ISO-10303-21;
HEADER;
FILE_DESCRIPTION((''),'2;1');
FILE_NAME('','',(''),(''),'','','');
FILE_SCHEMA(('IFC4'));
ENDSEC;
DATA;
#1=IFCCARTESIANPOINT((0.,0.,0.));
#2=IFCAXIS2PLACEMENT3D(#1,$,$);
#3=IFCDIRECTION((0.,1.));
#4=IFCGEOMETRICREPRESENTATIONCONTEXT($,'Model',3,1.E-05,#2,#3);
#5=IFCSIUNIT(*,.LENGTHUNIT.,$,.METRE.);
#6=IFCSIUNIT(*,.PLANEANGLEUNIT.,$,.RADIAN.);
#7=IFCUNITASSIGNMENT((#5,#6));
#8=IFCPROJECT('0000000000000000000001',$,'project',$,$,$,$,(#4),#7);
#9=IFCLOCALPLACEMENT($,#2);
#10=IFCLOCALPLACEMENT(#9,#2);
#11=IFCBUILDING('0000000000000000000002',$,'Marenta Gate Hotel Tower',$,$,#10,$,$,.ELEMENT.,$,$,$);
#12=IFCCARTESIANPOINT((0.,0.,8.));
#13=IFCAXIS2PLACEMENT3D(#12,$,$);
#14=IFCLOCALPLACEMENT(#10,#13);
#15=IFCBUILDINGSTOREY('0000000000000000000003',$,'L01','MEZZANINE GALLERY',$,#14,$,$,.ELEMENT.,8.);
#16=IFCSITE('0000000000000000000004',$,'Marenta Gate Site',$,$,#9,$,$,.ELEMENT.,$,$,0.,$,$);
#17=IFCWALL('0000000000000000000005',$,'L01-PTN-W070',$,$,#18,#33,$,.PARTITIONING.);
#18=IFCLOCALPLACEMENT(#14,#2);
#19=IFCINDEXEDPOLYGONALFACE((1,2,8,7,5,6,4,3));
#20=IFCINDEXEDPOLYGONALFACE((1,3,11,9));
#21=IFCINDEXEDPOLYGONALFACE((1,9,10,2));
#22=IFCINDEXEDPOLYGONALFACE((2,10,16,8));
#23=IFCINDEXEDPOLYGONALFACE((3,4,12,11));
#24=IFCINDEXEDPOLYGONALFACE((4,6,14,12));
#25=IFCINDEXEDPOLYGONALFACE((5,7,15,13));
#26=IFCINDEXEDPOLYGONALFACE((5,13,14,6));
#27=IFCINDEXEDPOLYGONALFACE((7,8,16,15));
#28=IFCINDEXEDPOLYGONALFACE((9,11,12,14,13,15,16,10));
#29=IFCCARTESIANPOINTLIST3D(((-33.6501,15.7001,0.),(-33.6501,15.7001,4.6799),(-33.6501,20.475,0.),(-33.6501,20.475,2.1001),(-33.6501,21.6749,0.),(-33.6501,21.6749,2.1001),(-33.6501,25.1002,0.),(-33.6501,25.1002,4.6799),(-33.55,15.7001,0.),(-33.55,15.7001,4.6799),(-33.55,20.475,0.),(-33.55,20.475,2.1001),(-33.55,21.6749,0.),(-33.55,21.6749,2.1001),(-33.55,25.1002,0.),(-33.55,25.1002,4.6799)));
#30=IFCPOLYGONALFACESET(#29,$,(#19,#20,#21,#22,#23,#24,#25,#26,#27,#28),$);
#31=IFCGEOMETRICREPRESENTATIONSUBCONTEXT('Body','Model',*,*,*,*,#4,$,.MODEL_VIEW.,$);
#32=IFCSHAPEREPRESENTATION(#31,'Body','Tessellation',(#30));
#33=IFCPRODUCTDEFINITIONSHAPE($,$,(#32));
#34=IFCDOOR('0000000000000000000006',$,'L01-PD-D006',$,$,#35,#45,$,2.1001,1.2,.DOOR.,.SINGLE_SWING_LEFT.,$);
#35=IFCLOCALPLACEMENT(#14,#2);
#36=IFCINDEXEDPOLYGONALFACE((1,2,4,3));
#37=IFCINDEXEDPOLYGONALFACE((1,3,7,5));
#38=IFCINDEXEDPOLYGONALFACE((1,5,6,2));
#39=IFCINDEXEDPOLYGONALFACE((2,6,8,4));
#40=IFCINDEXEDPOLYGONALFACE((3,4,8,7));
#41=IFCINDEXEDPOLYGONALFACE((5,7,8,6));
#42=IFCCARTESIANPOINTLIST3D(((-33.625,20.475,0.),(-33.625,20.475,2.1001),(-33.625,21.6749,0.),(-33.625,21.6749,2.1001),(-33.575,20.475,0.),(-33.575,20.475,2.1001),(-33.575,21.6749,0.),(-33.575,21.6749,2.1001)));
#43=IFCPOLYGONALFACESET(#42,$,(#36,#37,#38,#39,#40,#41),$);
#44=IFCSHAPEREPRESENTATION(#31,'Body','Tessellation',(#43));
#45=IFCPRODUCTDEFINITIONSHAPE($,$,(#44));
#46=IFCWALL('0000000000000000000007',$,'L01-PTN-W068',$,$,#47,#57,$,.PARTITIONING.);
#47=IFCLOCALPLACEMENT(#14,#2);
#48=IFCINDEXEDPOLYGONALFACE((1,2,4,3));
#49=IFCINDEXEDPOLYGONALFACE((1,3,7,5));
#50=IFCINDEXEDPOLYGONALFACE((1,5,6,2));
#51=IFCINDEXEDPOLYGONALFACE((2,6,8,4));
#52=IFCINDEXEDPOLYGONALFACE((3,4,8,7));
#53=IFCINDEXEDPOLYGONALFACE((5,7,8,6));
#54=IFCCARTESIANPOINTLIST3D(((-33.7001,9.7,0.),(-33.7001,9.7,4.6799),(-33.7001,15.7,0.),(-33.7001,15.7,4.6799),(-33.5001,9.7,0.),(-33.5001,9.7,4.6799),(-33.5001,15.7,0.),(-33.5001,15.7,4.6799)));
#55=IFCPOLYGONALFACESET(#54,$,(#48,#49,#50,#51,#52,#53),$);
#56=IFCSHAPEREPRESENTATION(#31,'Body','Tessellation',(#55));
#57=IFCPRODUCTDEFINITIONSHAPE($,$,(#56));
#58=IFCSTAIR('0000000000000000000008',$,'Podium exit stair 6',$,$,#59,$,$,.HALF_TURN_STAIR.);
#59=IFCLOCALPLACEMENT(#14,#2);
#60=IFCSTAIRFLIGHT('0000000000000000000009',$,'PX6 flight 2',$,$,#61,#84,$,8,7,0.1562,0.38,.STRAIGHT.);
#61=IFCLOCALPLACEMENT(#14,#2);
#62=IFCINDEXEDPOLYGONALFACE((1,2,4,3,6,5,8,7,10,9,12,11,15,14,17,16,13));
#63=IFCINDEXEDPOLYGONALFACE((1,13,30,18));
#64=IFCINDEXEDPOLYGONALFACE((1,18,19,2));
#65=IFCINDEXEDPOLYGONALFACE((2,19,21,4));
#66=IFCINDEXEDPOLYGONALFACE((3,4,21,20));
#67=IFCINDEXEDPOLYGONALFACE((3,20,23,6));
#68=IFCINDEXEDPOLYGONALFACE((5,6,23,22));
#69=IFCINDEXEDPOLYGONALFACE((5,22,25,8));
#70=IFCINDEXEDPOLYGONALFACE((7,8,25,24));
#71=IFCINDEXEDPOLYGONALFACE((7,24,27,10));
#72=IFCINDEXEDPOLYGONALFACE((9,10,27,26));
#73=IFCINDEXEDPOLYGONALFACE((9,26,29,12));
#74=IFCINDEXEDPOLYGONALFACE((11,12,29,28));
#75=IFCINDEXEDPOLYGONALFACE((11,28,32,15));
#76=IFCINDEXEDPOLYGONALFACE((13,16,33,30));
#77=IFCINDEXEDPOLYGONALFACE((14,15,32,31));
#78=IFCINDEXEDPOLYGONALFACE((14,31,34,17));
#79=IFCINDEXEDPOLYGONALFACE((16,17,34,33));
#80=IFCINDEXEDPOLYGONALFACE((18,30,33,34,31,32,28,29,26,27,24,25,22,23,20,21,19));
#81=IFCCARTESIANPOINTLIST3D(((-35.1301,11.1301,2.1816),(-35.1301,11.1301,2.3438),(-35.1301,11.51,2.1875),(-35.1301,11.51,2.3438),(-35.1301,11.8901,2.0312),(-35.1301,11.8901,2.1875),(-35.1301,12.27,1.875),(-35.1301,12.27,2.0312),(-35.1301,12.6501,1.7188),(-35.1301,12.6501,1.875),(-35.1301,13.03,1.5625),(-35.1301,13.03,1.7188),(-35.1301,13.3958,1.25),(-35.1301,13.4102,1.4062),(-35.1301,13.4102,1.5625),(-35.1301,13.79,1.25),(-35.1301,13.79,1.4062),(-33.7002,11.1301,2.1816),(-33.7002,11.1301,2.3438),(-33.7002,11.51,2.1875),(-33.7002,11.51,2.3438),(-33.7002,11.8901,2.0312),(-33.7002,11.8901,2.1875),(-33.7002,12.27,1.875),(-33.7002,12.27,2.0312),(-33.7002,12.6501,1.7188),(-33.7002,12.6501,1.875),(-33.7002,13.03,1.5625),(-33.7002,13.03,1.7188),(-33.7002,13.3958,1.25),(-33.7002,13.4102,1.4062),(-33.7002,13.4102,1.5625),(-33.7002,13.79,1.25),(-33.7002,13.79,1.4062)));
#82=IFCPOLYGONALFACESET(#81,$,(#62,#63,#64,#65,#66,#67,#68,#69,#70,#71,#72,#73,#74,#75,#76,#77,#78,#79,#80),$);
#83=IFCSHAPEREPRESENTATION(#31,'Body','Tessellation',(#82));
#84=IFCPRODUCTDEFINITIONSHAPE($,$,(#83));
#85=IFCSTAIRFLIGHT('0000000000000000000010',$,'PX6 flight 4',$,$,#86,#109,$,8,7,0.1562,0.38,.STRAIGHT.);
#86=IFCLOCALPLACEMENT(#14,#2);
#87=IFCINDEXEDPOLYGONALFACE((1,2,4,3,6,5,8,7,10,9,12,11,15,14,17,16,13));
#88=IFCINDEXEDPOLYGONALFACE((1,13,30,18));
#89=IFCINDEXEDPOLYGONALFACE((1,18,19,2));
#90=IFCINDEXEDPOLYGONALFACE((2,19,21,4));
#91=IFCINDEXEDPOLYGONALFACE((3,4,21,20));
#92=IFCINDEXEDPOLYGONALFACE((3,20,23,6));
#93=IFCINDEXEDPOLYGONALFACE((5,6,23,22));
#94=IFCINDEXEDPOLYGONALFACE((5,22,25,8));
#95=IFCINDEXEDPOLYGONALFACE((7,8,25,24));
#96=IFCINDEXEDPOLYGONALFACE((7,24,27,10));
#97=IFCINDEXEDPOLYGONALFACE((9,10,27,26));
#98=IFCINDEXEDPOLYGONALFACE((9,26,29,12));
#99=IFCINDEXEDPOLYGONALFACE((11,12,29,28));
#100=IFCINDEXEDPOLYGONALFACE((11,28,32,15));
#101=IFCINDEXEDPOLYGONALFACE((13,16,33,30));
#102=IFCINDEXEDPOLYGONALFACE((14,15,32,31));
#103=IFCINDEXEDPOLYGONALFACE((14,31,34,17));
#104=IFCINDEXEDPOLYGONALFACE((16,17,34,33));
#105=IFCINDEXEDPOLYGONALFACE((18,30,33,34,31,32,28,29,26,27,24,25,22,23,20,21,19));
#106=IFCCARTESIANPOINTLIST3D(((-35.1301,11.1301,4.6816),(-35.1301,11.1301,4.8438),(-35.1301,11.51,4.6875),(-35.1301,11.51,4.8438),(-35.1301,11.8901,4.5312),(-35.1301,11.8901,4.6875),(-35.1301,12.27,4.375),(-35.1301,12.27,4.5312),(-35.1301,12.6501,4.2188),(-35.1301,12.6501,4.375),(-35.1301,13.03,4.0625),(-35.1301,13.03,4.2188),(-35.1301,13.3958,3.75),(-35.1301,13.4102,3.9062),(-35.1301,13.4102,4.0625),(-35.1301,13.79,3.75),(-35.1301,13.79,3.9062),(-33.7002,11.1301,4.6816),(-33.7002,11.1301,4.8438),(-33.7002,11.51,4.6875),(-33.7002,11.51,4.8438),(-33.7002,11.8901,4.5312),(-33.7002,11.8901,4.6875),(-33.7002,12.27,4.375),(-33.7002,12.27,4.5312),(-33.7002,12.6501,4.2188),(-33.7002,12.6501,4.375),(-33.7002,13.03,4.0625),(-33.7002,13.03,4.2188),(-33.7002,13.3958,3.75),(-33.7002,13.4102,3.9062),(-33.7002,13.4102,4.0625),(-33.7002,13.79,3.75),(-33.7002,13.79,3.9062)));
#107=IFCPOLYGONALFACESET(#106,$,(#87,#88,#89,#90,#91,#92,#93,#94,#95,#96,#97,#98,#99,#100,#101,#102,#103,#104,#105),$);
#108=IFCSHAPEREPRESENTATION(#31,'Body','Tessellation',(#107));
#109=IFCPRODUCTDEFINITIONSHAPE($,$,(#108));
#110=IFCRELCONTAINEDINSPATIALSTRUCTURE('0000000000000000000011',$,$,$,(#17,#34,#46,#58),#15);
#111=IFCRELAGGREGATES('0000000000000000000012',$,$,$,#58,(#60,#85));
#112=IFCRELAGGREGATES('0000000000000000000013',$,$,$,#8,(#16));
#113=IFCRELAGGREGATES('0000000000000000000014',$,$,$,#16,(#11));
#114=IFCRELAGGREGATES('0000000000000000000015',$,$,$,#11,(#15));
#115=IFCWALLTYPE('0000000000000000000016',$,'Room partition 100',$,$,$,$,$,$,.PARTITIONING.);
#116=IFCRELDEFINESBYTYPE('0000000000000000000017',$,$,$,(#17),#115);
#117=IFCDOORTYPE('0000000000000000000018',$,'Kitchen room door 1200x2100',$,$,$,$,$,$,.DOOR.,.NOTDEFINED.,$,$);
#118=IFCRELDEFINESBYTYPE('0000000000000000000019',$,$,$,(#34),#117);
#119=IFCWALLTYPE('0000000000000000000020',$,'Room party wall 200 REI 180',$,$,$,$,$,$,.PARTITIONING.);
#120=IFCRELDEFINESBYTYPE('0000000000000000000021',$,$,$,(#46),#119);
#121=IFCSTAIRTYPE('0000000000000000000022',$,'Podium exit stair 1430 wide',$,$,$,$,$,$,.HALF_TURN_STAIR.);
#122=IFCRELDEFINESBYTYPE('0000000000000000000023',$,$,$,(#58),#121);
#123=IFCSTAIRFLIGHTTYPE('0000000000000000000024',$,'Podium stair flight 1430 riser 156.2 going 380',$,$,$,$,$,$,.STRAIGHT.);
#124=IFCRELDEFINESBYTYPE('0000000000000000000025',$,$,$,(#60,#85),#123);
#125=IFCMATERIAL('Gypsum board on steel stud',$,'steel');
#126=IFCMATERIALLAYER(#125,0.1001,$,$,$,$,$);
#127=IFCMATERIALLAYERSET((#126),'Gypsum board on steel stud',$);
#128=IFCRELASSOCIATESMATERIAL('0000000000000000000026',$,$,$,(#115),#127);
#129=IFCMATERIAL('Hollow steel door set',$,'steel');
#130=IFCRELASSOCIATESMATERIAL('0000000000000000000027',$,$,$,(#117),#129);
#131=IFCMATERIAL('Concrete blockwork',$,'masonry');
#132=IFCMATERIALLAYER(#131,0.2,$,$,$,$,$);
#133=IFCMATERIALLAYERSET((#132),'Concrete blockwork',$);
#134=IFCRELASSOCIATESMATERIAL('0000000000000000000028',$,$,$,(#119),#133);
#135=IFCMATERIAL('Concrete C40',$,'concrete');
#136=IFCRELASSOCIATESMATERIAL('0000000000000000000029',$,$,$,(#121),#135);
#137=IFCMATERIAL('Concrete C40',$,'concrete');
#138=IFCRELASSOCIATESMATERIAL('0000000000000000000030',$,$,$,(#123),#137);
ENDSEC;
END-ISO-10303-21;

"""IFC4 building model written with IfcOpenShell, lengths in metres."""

from ifc_helpers import new_model, si_unit, direction, frame, frame_2d, origin, place, context, subcontext, project, spatial, polyline, rectangle, outline, extrude, material, layer, layer_set, type_object, element, fill, aggregate, save


model = new_model("IFC4")

# Units and contexts
model_context = context("Model", 3, precision=1e-05, world=origin(), true_north=direction((0.0, 1.0)))
body_context = subcontext(model_context, "Body", "Model", "MODEL_VIEW")
ifc_project = project(units=[si_unit("LENGTHUNIT", "METRE"), si_unit("PLANEANGLEUNIT", "RADIAN")], contexts=[model_context])

# Site, building, storey
site_placement = place(None, origin())
site = spatial("IfcSite", under=ifc_project, at=site_placement, Name="Marenta Gate Site", CompositionType="ELEMENT", RefElevation=0.0)
building_placement = place(site_placement, origin())
building = spatial("IfcBuilding", under=site, at=building_placement, Name="Marenta Gate Hotel Tower", CompositionType="ELEMENT")
storey_placement = place(building_placement, frame((0.0, 0.0, 8.0)))
storey = spatial("IfcBuildingStorey", under=building, at=storey_placement, Name="L01", Description="MEZZANINE GALLERY", CompositionType="ELEMENT", Elevation=8.0)

# Shared definitions
ifc_material_1 = material(Name="Gypsum board on steel stud", Category="steel")
ifc_layer_1 = layer(ifc_material_1, 0.1001)
ifc_layer_set_1 = layer_set([ifc_layer_1], Name="Gypsum board on steel stud")
wall_type_1 = type_object("IfcWallType", Name="Room partition 100", PredefinedType="PARTITIONING", material=ifc_layer_set_1)

# Wall, opening, door
wall_1_placement = place(storey_placement, frame((-33.6001, 15.7, 0.0), z_axis=(0.0, 0.0, 1.0), x_axis=(0.0, 1.0, 0.0)))
wall_1 = element("IfcWall", 1, at=wall_1_placement, inside=storey, type_object=wall_type_1, Name="L01-PTN-W070", PredefinedType="PARTITIONING", context=body_context, shape_type="SweptSolid", body=[
    extrude(rectangle(XDim=9.4001, YDim=0.1001, at=frame_2d((4.7002, 0.0))), origin(), (0.0, 0.0, 1.0), 4.6799),
])
opening_1_placement = place(wall_1_placement, frame((4.7749, 0.0, 0.0)))
opening_1 = element("IfcOpeningElement", 2, at=opening_1_placement, cuts=wall_1, PredefinedType="OPENING", context=body_context, shape_type="SweptSolid", body=[
    extrude(rectangle(XDim=1.2, YDim=2.1001, at=frame_2d((0.6001, 1.05))), frame((0.0, 0.05, 0.0), z_axis=(0.0, -1.0, 0.0), x_axis=(1.0, 0.0, 0.0)), (0.0, 0.0, 1.0), 0.1001),
])
ifc_material_2 = material(Name="Hollow steel door set", Category="steel")
door_type_1 = type_object("IfcDoorType", Name="Kitchen room door 1200x2100", OperationType="NOTDEFINED", PredefinedType="DOOR", material=ifc_material_2)
door_1_placement = place(opening_1_placement, origin())
door_1 = element("IfcDoor", 3, at=door_1_placement, inside=storey, type_object=door_type_1, Name="L01-PD-D006", OperationType="SINGLE_SWING_LEFT", OverallHeight=2.1001, OverallWidth=1.2, PredefinedType="DOOR", context=body_context, shape_type="SweptSolid", body=[
    extrude(rectangle(XDim=1.2, YDim=2.1001, at=frame_2d((0.6001, 1.05))), frame((0.0, 0.0249, 0.0), z_axis=(0.0, -1.0, 0.0), x_axis=(1.0, 0.0, 0.0)), (0.0, 0.0, 1.0), 0.05),
])
fill(opening_1, door_1)

# Wall
ifc_material_3 = material(Name="Concrete blockwork", Category="masonry")
ifc_layer_2 = layer(ifc_material_3, 0.2)
ifc_layer_set_2 = layer_set([ifc_layer_2], Name="Concrete blockwork")
wall_type_2 = type_object("IfcWallType", Name="Room party wall 200 REI 180", PredefinedType="PARTITIONING", material=ifc_layer_set_2)
wall_2_placement = place(storey_placement, frame((-33.6001, 9.7, 0.0), z_axis=(0.0, 0.0, 1.0), x_axis=(0.0, 1.0, 0.0)))
element("IfcWall", 4, at=wall_2_placement, inside=storey, type_object=wall_type_2, Name="L01-PTN-W068", PredefinedType="PARTITIONING", context=body_context, shape_type="SweptSolid", body=[
    extrude(rectangle(XDim=6.0, YDim=0.2, at=frame_2d((3.0, 0.0))), origin(), (0.0, 0.0, 1.0), 4.6799),
])

# Stair, stair flights
ifc_material_4 = material(Name="Concrete C40", Category="concrete")
stair_type = type_object("IfcStairType", Name="Podium exit stair 1430 wide", PredefinedType="HALF_TURN_STAIR", material=ifc_material_4)
stair_placement = place(storey_placement, origin())
stair = element("IfcStair", 5, at=stair_placement, inside=storey, type_object=stair_type, Name="Podium exit stair 6", PredefinedType="HALF_TURN_STAIR")
ifc_material_5 = material(Name="Concrete C40", Category="concrete")
stair_flight_type = type_object("IfcStairFlightType", Name="Podium stair flight 1430 riser 156.2 going 380", PredefinedType="STRAIGHT", material=ifc_material_5)
stair_flight_1_placement = place(storey_placement, frame((-34.415, 13.79, 1.25), z_axis=(0.0, 0.0, 1.0), x_axis=(0.0, -1.0, 0.0)))
stair_flight_1 = element("IfcStairFlight", 6, at=stair_flight_1_placement, type_object=stair_flight_type, Name="PX6 flight 2", NumberOfRisers=8, NumberOfTreads=7, PredefinedType="STRAIGHT", RiserHeight=0.1562, TreadLength=0.38, context=body_context, shape_type="SweptSolid", body=[
    extrude(outline(polyline([(0.0, 0.0), (0.0, 0.1562), (0.3799, 0.1562), (0.3799, 0.3125), (0.76, 0.3125), (0.76, 0.4688), (1.1399, 0.4688), (1.1399, 0.625), (1.52, 0.625), (1.52, 0.7812), (1.8999, 0.7812), (1.8999, 0.9375), (2.28, 0.9375), (2.28, 1.0938), (2.6599, 1.0938), (2.6599, 1.25), (2.6599, 0.9316), (0.3943, 0.0), (0.0, 0.0)])), frame((0.0, 0.7148, 0.0), z_axis=(0.0, -1.0, 0.0), x_axis=(1.0, 0.0, 0.0)), (0.0, 0.0, 1.0), 1.4299),
])
stair_flight_2_placement = place(storey_placement, frame((-34.415, 13.79, 3.75), z_axis=(0.0, 0.0, 1.0), x_axis=(0.0, -1.0, 0.0)))
stair_flight_2 = element("IfcStairFlight", 7, at=stair_flight_2_placement, type_object=stair_flight_type, Name="PX6 flight 4", NumberOfRisers=8, NumberOfTreads=7, PredefinedType="STRAIGHT", RiserHeight=0.1562, TreadLength=0.38, context=body_context, shape_type="SweptSolid", body=[
    extrude(outline(polyline([(0.0, 0.0), (0.0, 0.1562), (0.3799, 0.1562), (0.3799, 0.3125), (0.76, 0.3125), (0.76, 0.4688), (1.1399, 0.4688), (1.1399, 0.625), (1.52, 0.625), (1.52, 0.7812), (1.8999, 0.7812), (1.8999, 0.9375), (2.28, 0.9375), (2.28, 1.0938), (2.6599, 1.0938), (2.6599, 1.25), (2.6599, 0.9316), (0.3943, 0.0), (0.0, 0.0)])), frame((0.0, 0.7148, 0.0), z_axis=(0.0, -1.0, 0.0), x_axis=(1.0, 0.0, 0.0)), (0.0, 0.0, 1.0), 1.4299),
])
aggregate(stair, [stair_flight_1, stair_flight_2])

save(model, "model.ifc")
